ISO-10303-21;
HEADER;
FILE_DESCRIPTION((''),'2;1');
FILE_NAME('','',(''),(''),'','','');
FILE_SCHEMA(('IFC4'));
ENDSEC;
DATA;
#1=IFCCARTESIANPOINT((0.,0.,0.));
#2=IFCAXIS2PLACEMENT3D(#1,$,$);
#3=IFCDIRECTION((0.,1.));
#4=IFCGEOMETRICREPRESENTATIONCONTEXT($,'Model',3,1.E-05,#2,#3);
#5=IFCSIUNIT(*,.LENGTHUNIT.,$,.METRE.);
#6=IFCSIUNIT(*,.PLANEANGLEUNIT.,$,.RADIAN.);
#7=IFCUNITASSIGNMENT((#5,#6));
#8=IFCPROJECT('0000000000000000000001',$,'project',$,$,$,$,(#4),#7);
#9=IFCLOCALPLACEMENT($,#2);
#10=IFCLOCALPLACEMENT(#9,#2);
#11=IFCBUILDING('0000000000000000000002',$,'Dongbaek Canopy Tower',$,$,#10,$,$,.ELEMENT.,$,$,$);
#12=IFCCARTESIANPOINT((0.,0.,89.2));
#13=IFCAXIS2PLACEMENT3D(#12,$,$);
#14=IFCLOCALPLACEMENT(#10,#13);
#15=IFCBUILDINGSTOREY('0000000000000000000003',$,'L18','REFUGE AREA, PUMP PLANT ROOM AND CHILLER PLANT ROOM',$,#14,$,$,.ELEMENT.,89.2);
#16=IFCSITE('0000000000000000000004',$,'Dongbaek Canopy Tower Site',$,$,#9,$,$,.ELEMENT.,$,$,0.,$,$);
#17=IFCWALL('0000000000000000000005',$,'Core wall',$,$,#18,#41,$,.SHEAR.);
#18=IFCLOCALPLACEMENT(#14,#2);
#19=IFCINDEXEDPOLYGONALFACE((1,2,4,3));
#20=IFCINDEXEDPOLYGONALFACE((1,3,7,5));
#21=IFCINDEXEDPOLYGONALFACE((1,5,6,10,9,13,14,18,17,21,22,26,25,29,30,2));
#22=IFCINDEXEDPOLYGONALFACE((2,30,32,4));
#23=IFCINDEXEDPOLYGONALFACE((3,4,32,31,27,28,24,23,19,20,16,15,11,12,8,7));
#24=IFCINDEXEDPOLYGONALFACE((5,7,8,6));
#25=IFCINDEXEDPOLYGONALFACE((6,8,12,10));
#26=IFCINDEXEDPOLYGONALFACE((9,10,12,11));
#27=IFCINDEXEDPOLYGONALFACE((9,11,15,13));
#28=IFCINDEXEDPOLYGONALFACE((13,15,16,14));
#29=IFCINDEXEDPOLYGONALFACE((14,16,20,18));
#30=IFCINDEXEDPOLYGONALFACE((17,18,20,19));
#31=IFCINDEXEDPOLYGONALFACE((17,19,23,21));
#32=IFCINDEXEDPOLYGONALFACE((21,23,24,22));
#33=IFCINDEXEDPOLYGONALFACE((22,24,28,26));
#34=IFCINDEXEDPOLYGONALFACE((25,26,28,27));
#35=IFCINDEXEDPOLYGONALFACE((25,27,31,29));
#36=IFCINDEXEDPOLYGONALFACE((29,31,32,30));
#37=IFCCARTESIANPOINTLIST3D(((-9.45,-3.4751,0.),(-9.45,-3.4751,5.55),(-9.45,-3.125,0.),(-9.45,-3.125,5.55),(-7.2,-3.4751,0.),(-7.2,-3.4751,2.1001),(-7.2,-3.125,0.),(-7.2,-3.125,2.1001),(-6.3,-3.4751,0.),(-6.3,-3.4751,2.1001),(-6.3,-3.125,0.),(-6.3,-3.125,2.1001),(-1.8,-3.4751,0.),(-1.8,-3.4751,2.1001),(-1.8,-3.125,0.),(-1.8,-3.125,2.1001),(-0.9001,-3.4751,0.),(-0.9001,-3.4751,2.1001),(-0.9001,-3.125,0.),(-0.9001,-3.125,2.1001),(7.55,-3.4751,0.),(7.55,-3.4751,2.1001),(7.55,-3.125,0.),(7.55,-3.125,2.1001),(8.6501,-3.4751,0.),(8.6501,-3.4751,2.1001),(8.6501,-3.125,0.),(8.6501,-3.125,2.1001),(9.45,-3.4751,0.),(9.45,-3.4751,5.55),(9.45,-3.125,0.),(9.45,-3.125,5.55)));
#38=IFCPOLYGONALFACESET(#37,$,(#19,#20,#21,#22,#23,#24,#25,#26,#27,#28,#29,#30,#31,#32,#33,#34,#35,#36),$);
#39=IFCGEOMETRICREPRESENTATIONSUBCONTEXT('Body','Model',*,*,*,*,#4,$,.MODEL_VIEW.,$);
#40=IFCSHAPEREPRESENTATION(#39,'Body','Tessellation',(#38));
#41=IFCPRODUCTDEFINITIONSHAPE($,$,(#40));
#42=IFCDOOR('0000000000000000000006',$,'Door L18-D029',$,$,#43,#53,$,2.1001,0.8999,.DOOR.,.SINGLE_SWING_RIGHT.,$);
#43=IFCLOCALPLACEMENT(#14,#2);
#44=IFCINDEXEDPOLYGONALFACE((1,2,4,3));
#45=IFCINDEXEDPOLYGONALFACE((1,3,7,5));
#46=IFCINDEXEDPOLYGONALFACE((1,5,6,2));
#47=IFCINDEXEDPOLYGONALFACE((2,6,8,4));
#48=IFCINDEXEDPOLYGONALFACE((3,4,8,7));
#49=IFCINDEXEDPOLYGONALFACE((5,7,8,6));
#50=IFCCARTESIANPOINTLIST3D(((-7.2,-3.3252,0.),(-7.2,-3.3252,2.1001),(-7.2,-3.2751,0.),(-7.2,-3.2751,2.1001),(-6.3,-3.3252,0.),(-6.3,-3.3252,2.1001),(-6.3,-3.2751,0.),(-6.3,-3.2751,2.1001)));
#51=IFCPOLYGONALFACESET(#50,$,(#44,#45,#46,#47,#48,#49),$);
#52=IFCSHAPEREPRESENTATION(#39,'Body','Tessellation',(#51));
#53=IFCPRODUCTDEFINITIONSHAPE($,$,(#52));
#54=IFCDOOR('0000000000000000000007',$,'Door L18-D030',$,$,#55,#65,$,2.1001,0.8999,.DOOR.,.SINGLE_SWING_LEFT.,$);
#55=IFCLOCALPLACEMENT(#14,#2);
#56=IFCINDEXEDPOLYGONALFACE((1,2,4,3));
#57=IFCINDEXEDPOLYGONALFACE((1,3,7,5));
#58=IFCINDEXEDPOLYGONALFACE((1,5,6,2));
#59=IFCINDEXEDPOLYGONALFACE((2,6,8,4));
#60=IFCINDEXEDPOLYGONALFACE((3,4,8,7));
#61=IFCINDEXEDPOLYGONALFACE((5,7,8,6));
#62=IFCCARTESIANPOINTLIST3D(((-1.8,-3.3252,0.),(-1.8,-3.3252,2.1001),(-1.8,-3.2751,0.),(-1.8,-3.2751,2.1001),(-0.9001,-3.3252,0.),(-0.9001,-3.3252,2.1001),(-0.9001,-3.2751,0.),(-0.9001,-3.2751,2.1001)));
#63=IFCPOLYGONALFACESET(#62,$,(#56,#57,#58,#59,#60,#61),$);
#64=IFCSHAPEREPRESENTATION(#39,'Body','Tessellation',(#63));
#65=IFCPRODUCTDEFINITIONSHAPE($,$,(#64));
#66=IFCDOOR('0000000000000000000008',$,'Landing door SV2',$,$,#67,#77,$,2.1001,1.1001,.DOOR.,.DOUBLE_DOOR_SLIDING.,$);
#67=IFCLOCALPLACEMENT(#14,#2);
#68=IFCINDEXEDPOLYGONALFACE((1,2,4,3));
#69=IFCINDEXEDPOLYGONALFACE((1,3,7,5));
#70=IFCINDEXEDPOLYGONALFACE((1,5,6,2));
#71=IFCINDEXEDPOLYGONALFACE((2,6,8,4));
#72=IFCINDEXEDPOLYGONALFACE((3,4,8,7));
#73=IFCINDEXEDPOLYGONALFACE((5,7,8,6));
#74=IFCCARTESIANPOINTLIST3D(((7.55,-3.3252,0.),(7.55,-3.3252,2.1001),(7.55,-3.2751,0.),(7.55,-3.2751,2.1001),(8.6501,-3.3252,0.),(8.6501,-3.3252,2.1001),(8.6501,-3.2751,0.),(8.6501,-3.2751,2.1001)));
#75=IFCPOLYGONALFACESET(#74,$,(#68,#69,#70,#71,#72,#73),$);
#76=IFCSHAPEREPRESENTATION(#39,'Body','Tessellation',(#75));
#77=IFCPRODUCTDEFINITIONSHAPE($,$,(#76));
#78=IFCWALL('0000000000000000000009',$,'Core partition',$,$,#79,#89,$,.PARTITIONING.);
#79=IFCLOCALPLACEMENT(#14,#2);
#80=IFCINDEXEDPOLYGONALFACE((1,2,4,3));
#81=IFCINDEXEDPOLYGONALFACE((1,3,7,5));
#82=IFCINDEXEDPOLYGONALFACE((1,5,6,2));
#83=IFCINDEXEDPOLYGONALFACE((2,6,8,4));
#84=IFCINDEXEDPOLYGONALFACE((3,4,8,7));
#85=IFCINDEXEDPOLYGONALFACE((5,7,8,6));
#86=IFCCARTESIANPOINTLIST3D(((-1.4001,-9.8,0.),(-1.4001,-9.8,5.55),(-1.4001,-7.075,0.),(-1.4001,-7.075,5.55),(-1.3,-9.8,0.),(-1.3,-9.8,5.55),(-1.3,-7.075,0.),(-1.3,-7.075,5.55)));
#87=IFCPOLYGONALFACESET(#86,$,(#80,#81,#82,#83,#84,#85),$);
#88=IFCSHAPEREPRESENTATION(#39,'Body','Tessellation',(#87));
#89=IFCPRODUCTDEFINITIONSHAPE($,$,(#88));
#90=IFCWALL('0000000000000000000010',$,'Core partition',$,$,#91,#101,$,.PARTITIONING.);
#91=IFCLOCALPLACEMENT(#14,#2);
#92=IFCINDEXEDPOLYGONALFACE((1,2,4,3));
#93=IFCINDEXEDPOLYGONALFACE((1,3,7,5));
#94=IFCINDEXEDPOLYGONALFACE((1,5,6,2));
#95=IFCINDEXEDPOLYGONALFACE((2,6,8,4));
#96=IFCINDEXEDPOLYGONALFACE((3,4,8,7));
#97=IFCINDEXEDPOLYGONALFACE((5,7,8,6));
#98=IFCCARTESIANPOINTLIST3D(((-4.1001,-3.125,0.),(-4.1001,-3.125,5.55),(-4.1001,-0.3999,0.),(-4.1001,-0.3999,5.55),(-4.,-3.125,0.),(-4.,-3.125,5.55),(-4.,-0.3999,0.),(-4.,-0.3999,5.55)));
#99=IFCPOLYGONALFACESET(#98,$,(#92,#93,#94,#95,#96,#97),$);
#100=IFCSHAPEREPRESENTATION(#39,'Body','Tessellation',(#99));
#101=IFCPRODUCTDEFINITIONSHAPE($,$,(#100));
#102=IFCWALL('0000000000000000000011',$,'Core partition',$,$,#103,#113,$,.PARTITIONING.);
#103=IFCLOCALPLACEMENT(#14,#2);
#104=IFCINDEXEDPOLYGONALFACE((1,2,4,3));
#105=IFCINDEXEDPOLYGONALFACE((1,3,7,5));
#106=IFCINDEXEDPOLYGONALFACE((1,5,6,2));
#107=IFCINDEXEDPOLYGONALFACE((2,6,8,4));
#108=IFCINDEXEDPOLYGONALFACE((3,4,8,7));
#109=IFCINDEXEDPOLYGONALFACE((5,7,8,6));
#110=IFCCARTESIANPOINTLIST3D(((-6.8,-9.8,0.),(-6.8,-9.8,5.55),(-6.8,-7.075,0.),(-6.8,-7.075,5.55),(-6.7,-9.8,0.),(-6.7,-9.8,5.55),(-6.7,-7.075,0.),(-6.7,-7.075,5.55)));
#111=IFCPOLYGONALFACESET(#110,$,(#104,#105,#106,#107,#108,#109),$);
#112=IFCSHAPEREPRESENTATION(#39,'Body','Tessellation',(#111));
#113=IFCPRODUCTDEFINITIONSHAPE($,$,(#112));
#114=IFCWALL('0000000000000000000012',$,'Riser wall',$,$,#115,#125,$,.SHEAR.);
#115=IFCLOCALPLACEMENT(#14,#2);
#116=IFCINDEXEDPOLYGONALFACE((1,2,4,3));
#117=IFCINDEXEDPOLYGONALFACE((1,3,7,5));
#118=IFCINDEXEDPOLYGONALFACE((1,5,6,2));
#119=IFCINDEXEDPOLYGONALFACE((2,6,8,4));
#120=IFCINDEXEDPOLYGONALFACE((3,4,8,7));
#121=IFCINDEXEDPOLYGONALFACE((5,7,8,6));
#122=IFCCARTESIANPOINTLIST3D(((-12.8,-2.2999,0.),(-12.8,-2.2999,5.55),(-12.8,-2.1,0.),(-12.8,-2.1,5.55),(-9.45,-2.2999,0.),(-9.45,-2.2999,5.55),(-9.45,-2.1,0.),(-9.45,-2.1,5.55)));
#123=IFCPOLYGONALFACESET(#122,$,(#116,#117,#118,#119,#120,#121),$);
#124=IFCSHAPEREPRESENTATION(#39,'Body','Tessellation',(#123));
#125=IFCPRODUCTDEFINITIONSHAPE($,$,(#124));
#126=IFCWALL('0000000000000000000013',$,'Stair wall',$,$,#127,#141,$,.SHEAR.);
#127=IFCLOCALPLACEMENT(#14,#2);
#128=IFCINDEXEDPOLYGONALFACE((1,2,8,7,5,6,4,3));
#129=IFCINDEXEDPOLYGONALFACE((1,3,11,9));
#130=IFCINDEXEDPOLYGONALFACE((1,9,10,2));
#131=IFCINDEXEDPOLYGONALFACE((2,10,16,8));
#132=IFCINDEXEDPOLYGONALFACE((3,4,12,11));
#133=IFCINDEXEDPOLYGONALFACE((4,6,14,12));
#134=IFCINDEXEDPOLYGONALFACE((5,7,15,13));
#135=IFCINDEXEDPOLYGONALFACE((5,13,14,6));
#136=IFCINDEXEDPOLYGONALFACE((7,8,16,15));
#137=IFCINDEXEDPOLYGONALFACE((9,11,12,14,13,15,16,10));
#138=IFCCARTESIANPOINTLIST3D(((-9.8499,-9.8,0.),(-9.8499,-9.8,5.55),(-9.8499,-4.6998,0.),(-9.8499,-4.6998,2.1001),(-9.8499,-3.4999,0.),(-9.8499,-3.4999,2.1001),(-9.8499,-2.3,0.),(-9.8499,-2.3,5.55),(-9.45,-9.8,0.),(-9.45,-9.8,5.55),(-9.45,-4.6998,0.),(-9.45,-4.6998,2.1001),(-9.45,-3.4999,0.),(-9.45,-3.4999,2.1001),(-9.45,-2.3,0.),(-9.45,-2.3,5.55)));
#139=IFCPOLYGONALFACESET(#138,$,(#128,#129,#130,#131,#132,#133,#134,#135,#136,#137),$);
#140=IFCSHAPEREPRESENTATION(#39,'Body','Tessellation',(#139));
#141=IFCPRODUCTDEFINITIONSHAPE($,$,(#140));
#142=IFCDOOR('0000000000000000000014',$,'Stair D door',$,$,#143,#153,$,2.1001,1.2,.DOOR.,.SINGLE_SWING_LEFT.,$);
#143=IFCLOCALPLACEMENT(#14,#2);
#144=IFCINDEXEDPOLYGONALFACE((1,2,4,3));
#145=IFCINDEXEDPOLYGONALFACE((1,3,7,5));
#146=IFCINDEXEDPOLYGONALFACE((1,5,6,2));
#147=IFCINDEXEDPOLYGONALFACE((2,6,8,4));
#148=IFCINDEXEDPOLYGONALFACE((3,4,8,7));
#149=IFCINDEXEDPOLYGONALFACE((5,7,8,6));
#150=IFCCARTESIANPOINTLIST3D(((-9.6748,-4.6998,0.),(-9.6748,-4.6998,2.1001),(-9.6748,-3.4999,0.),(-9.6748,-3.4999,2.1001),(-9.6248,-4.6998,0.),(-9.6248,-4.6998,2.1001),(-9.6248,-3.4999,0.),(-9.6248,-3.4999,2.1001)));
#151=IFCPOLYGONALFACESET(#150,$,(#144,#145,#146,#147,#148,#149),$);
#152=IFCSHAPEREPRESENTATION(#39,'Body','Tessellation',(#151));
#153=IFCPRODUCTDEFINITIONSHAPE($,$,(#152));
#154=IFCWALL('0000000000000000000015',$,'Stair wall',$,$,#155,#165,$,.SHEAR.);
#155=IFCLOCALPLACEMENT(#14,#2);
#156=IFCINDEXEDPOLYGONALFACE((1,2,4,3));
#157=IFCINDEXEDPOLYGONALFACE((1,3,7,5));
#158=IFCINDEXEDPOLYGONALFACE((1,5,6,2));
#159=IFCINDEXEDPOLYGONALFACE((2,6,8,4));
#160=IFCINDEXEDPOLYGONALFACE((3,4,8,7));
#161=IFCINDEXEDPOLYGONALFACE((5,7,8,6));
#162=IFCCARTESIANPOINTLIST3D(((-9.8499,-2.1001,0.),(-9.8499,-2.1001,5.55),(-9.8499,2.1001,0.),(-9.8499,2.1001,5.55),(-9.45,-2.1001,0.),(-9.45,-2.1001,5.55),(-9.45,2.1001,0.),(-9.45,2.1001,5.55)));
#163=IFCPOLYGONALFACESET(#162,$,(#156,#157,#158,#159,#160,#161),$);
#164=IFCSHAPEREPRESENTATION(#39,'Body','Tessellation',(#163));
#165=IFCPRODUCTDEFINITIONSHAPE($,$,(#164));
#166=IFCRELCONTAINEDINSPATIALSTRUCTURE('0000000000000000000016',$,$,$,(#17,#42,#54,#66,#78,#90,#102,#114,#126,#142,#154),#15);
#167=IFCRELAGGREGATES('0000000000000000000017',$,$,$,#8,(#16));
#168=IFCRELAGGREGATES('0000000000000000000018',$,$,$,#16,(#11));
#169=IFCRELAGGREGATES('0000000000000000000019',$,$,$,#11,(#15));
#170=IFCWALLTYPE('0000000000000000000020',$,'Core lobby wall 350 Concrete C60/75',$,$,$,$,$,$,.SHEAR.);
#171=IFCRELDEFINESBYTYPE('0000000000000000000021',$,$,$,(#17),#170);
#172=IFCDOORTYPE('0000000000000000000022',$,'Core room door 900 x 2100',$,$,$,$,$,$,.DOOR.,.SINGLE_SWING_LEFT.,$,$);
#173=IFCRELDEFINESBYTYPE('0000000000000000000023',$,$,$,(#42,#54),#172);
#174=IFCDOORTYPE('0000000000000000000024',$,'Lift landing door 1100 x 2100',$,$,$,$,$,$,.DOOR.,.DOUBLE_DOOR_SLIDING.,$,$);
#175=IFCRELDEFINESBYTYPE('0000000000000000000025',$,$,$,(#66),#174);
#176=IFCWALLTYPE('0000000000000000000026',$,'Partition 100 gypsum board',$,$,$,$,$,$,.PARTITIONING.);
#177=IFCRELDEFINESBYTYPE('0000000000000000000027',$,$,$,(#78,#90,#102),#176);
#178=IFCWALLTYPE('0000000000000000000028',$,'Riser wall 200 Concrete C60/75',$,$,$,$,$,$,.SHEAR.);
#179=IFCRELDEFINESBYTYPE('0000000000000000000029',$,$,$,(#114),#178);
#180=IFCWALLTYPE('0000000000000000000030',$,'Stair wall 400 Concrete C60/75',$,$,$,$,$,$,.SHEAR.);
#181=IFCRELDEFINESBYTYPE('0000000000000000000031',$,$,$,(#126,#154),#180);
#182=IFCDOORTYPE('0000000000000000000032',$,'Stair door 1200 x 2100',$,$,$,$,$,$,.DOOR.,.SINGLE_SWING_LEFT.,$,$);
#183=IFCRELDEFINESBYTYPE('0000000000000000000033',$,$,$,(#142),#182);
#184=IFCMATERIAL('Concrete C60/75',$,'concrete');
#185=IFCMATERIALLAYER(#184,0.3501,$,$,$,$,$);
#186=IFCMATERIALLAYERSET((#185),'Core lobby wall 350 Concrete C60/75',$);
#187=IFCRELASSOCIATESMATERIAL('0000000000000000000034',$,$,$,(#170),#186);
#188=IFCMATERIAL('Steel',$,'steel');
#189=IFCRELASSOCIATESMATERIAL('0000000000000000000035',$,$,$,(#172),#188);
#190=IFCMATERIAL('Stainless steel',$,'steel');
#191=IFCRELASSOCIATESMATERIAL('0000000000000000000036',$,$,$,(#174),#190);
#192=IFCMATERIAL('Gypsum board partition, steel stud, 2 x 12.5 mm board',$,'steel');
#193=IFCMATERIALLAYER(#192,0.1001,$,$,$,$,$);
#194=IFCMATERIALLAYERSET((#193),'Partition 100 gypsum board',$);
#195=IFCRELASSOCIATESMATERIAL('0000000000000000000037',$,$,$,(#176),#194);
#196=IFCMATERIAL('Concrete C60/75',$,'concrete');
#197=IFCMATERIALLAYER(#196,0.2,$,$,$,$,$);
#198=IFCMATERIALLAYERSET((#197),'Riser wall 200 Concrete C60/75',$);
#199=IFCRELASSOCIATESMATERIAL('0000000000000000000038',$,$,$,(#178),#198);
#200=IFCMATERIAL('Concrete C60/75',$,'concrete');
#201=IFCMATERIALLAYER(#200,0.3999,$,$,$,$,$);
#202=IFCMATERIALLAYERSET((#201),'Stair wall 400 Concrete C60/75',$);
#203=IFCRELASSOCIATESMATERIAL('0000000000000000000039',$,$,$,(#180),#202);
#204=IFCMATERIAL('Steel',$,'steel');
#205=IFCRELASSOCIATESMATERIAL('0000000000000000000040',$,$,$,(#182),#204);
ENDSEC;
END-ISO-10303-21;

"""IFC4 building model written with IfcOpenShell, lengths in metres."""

from ifc_helpers import new_model, si_unit, direction, frame, frame_2d, origin, place, context, subcontext, project, spatial, rectangle, extrude, material, layer, layer_set, type_object, element, fill, save


model = new_model("IFC4")

# Units and contexts
model_context = context("Model", 3, precision=1e-05, world=origin(), true_north=direction((0.0, 1.0)))
body_context = subcontext(model_context, "Body", "Model", "MODEL_VIEW")
ifc_project = project(units=[si_unit("LENGTHUNIT", "METRE"), si_unit("PLANEANGLEUNIT", "RADIAN")], contexts=[model_context])

# Site, building, storey
site_placement = place(None, origin())
site = spatial("IfcSite", under=ifc_project, at=site_placement, Name="Dongbaek Canopy Tower Site", CompositionType="ELEMENT", RefElevation=0.0)
building_placement = place(site_placement, origin())
building = spatial("IfcBuilding", under=site, at=building_placement, Name="Dongbaek Canopy Tower", CompositionType="ELEMENT")
storey_placement = place(building_placement, frame((0.0, 0.0, 89.2)))
storey = spatial("IfcBuildingStorey", under=building, at=storey_placement, Name="L18", Description="REFUGE AREA, PUMP PLANT ROOM AND CHILLER PLANT ROOM", CompositionType="ELEMENT", Elevation=89.2)

# Wall, openings, doors
ifc_material_1 = material(Name="Concrete C60/75", Category="concrete")
ifc_layer_1 = layer(ifc_material_1, 0.3501)
ifc_layer_set_1 = layer_set([ifc_layer_1], Name="Core lobby wall 350 Concrete C60/75")
wall_type_1 = type_object("IfcWallType", Name="Core lobby wall 350 Concrete C60/75", PredefinedType="SHEAR", material=ifc_layer_set_1)
wall_1_placement = place(storey_placement, frame((-9.45, -3.3, 0.0), z_axis=(0.0, 0.0, 1.0), x_axis=(1.0, 0.0, 0.0)))
wall_1 = element("IfcWall", 1, at=wall_1_placement, inside=storey, type_object=wall_type_1, Name="Core wall", PredefinedType="SHEAR", context=body_context, shape_type="SweptSolid", body=[
    extrude(rectangle(XDim=18.8999, YDim=0.3501, at=frame_2d((9.45, 0.0))), origin(), (0.0, 0.0, 1.0), 5.55),
])
opening_1_placement = place(wall_1_placement, frame((17.0, 0.0, 0.0)))
opening_1 = element("IfcOpeningElement", 2, at=opening_1_placement, cuts=wall_1, PredefinedType="OPENING", context=body_context, shape_type="SweptSolid", body=[
    extrude(rectangle(XDim=1.1001, YDim=2.1001, at=frame_2d((0.55, 1.05))), frame((0.0, 0.1851, 0.0), z_axis=(0.0, -1.0, 0.0), x_axis=(1.0, 0.0, 0.0)), (0.0, 0.0, 1.0), 0.3701),
])
opening_2_placement = place(wall_1_placement, frame((2.25, 0.0, 0.0)))
opening_2 = element("IfcOpeningElement", 3, at=opening_2_placement, cuts=wall_1, PredefinedType="OPENING", context=body_context, shape_type="SweptSolid", body=[
    extrude(rectangle(XDim=0.8999, YDim=2.1001, at=frame_2d((0.45, 1.05))), frame((0.0, 0.1851, 0.0), z_axis=(0.0, -1.0, 0.0), x_axis=(1.0, 0.0, 0.0)), (0.0, 0.0, 1.0), 0.3701),
])
opening_3_placement = place(wall_1_placement, frame((7.6499, 0.0, 0.0)))
opening_3 = element("IfcOpeningElement", 4, at=opening_3_placement, cuts=wall_1, PredefinedType="OPENING", context=body_context, shape_type="SweptSolid", body=[
    extrude(rectangle(XDim=0.8999, YDim=2.1001, at=frame_2d((0.45, 1.05))), frame((0.0, 0.1851, 0.0), z_axis=(0.0, -1.0, 0.0), x_axis=(1.0, 0.0, 0.0)), (0.0, 0.0, 1.0), 0.3701),
])
ifc_material_2 = material(Name="Steel", Category="steel")
door_type_1 = type_object("IfcDoorType", Name="Core room door 900 x 2100", OperationType="SINGLE_SWING_LEFT", PredefinedType="DOOR", material=ifc_material_2)
door_1_placement = place(opening_2_placement, origin())
door_1 = element("IfcDoor", 5, at=door_1_placement, inside=storey, type_object=door_type_1, Name="Door L18-D029", OperationType="SINGLE_SWING_RIGHT", OverallHeight=2.1001, OverallWidth=0.8999, PredefinedType="DOOR", context=body_context, shape_type="SweptSolid", body=[
    extrude(rectangle(XDim=0.8999, YDim=2.1001, at=frame_2d((0.45, 1.05))), frame((0.0, 0.0249, 0.0), z_axis=(0.0, -1.0, 0.0), x_axis=(1.0, 0.0, 0.0)), (0.0, 0.0, 1.0), 0.05),
])
fill(opening_2, door_1)
door_2_placement = place(opening_3_placement, origin())
door_2 = element("IfcDoor", 6, at=door_2_placement, inside=storey, type_object=door_type_1, Name="Door L18-D030", OperationType="SINGLE_SWING_LEFT", OverallHeight=2.1001, OverallWidth=0.8999, PredefinedType="DOOR", context=body_context, shape_type="SweptSolid", body=[
    extrude(rectangle(XDim=0.8999, YDim=2.1001, at=frame_2d((0.45, 1.05))), frame((0.0, 0.0249, 0.0), z_axis=(0.0, -1.0, 0.0), x_axis=(1.0, 0.0, 0.0)), (0.0, 0.0, 1.0), 0.05),
])
fill(opening_3, door_2)
ifc_material_3 = material(Name="Stainless steel", Category="steel")
door_type_2 = type_object("IfcDoorType", Name="Lift landing door 1100 x 2100", OperationType="DOUBLE_DOOR_SLIDING", PredefinedType="DOOR", material=ifc_material_3)
door_3_placement = place(opening_1_placement, origin())
door_3 = element("IfcDoor", 7, at=door_3_placement, inside=storey, type_object=door_type_2, Name="Landing door SV2", OperationType="DOUBLE_DOOR_SLIDING", OverallHeight=2.1001, OverallWidth=1.1001, PredefinedType="DOOR", context=body_context, shape_type="SweptSolid", body=[
    extrude(rectangle(XDim=1.1001, YDim=2.1001, at=frame_2d((0.55, 1.05))), frame((0.0, 0.0249, 0.0), z_axis=(0.0, -1.0, 0.0), x_axis=(1.0, 0.0, 0.0)), (0.0, 0.0, 1.0), 0.05),
])
fill(opening_1, door_3)

# Walls
ifc_material_4 = material(Name="Gypsum board partition, steel stud, 2 x 12.5 mm board", Category="steel")
ifc_layer_2 = layer(ifc_material_4, 0.1001)
ifc_layer_set_2 = layer_set([ifc_layer_2], Name="Partition 100 gypsum board")
wall_type_2 = type_object("IfcWallType", Name="Partition 100 gypsum board", PredefinedType="PARTITIONING", material=ifc_layer_set_2)
for number, where, z_axis, x_axis, name in (
    (8, (-1.3501, -9.8, 0.0), (0.0, 0.0, 1.0), (0.0, 1.0, 0.0), "Core partition"),
    (9, (-4.05, -3.125, 0.0), (0.0, 0.0, 1.0), (0.0, 1.0, 0.0), "Core partition"),
    (10, (-6.75, -9.8, 0.0), (0.0, 0.0, 1.0), (0.0, 1.0, 0.0), "Core partition"),
):
    element("IfcWall", number, at=place(storey_placement, frame(where, z_axis=z_axis, x_axis=x_axis)), inside=storey, type_object=wall_type_2, Name=name, PredefinedType="PARTITIONING", context=body_context, shape_type="SweptSolid", body=[
        extrude(rectangle(XDim=2.7251, YDim=0.1001, at=frame_2d((1.3625, 0.0))), origin(), (0.0, 0.0, 1.0), 5.55),
    ])
ifc_material_5 = material(Name="Concrete C60/75", Category="concrete")
ifc_layer_3 = layer(ifc_material_5, 0.2)
ifc_layer_set_3 = layer_set([ifc_layer_3], Name="Riser wall 200 Concrete C60/75")
wall_type_3 = type_object("IfcWallType", Name="Riser wall 200 Concrete C60/75", PredefinedType="SHEAR", material=ifc_layer_set_3)
wall_2_placement = place(storey_placement, frame((-9.45, -2.2, 0.0), z_axis=(0.0, 0.0, 1.0), x_axis=(-1.0, 0.0, 0.0)))
element("IfcWall", 11, at=wall_2_placement, inside=storey, type_object=wall_type_3, Name="Riser wall", PredefinedType="SHEAR", context=body_context, shape_type="SweptSolid", body=[
    extrude(rectangle(XDim=3.3501, YDim=0.2, at=frame_2d((1.675, 0.0))), origin(), (0.0, 0.0, 1.0), 5.55),
])

# Wall, opening, door
ifc_material_6 = material(Name="Concrete C60/75", Category="concrete")
ifc_layer_4 = layer(ifc_material_6, 0.3999)
ifc_layer_set_4 = layer_set([ifc_layer_4], Name="Stair wall 400 Concrete C60/75")
wall_type_4 = type_object("IfcWallType", Name="Stair wall 400 Concrete C60/75", PredefinedType="SHEAR", material=ifc_layer_set_4)
wall_3_placement = place(storey_placement, frame((-9.6499, -9.8, 0.0), z_axis=(0.0, 0.0, 1.0), x_axis=(0.0, 1.0, 0.0)))
wall_3 = element("IfcWall", 12, at=wall_3_placement, inside=storey, type_object=wall_type_4, Name="Stair wall", PredefinedType="SHEAR", context=body_context, shape_type="SweptSolid", body=[
    extrude(rectangle(XDim=7.5, YDim=0.3999, at=frame_2d((3.75, 0.0))), origin(), (0.0, 0.0, 1.0), 5.55),
])
opening_4_placement = place(wall_3_placement, frame((5.1001, 0.0, 0.0)))
opening_4 = element("IfcOpeningElement", 13, at=opening_4_placement, cuts=wall_3, PredefinedType="OPENING", context=body_context, shape_type="SweptSolid", body=[
    extrude(rectangle(XDim=1.2, YDim=2.1001, at=frame_2d((0.6001, 1.05))), frame((0.0, 0.21, 0.0), z_axis=(0.0, -1.0, 0.0), x_axis=(1.0, 0.0, 0.0)), (0.0, 0.0, 1.0), 0.4199),
])
ifc_material_7 = material(Name="Steel", Category="steel")
door_type_3 = type_object("IfcDoorType", Name="Stair door 1200 x 2100", OperationType="SINGLE_SWING_LEFT", PredefinedType="DOOR", material=ifc_material_7)
door_4_placement = place(opening_4_placement, origin())
door_4 = element("IfcDoor", 14, at=door_4_placement, inside=storey, type_object=door_type_3, Name="Stair D door", OperationType="SINGLE_SWING_LEFT", OverallHeight=2.1001, OverallWidth=1.2, PredefinedType="DOOR", context=body_context, shape_type="SweptSolid", body=[
    extrude(rectangle(XDim=1.2, YDim=2.1001, at=frame_2d((0.6001, 1.05))), frame((0.0, 0.0249, 0.0), z_axis=(0.0, -1.0, 0.0), x_axis=(1.0, 0.0, 0.0)), (0.0, 0.0, 1.0), 0.05),
])
fill(opening_4, door_4)

# Wall
wall_4_placement = place(storey_placement, frame((-9.6499, -2.1001, 0.0), z_axis=(0.0, 0.0, 1.0), x_axis=(0.0, 1.0, 0.0)))
element("IfcWall", 15, at=wall_4_placement, inside=storey, type_object=wall_type_4, Name="Stair wall", PredefinedType="SHEAR", context=body_context, shape_type="SweptSolid", body=[
    extrude(rectangle(XDim=4.2002, YDim=0.3999, at=frame_2d((2.1001, 0.0))), origin(), (0.0, 0.0, 1.0), 5.55),
])

save(model, "model.ifc")
